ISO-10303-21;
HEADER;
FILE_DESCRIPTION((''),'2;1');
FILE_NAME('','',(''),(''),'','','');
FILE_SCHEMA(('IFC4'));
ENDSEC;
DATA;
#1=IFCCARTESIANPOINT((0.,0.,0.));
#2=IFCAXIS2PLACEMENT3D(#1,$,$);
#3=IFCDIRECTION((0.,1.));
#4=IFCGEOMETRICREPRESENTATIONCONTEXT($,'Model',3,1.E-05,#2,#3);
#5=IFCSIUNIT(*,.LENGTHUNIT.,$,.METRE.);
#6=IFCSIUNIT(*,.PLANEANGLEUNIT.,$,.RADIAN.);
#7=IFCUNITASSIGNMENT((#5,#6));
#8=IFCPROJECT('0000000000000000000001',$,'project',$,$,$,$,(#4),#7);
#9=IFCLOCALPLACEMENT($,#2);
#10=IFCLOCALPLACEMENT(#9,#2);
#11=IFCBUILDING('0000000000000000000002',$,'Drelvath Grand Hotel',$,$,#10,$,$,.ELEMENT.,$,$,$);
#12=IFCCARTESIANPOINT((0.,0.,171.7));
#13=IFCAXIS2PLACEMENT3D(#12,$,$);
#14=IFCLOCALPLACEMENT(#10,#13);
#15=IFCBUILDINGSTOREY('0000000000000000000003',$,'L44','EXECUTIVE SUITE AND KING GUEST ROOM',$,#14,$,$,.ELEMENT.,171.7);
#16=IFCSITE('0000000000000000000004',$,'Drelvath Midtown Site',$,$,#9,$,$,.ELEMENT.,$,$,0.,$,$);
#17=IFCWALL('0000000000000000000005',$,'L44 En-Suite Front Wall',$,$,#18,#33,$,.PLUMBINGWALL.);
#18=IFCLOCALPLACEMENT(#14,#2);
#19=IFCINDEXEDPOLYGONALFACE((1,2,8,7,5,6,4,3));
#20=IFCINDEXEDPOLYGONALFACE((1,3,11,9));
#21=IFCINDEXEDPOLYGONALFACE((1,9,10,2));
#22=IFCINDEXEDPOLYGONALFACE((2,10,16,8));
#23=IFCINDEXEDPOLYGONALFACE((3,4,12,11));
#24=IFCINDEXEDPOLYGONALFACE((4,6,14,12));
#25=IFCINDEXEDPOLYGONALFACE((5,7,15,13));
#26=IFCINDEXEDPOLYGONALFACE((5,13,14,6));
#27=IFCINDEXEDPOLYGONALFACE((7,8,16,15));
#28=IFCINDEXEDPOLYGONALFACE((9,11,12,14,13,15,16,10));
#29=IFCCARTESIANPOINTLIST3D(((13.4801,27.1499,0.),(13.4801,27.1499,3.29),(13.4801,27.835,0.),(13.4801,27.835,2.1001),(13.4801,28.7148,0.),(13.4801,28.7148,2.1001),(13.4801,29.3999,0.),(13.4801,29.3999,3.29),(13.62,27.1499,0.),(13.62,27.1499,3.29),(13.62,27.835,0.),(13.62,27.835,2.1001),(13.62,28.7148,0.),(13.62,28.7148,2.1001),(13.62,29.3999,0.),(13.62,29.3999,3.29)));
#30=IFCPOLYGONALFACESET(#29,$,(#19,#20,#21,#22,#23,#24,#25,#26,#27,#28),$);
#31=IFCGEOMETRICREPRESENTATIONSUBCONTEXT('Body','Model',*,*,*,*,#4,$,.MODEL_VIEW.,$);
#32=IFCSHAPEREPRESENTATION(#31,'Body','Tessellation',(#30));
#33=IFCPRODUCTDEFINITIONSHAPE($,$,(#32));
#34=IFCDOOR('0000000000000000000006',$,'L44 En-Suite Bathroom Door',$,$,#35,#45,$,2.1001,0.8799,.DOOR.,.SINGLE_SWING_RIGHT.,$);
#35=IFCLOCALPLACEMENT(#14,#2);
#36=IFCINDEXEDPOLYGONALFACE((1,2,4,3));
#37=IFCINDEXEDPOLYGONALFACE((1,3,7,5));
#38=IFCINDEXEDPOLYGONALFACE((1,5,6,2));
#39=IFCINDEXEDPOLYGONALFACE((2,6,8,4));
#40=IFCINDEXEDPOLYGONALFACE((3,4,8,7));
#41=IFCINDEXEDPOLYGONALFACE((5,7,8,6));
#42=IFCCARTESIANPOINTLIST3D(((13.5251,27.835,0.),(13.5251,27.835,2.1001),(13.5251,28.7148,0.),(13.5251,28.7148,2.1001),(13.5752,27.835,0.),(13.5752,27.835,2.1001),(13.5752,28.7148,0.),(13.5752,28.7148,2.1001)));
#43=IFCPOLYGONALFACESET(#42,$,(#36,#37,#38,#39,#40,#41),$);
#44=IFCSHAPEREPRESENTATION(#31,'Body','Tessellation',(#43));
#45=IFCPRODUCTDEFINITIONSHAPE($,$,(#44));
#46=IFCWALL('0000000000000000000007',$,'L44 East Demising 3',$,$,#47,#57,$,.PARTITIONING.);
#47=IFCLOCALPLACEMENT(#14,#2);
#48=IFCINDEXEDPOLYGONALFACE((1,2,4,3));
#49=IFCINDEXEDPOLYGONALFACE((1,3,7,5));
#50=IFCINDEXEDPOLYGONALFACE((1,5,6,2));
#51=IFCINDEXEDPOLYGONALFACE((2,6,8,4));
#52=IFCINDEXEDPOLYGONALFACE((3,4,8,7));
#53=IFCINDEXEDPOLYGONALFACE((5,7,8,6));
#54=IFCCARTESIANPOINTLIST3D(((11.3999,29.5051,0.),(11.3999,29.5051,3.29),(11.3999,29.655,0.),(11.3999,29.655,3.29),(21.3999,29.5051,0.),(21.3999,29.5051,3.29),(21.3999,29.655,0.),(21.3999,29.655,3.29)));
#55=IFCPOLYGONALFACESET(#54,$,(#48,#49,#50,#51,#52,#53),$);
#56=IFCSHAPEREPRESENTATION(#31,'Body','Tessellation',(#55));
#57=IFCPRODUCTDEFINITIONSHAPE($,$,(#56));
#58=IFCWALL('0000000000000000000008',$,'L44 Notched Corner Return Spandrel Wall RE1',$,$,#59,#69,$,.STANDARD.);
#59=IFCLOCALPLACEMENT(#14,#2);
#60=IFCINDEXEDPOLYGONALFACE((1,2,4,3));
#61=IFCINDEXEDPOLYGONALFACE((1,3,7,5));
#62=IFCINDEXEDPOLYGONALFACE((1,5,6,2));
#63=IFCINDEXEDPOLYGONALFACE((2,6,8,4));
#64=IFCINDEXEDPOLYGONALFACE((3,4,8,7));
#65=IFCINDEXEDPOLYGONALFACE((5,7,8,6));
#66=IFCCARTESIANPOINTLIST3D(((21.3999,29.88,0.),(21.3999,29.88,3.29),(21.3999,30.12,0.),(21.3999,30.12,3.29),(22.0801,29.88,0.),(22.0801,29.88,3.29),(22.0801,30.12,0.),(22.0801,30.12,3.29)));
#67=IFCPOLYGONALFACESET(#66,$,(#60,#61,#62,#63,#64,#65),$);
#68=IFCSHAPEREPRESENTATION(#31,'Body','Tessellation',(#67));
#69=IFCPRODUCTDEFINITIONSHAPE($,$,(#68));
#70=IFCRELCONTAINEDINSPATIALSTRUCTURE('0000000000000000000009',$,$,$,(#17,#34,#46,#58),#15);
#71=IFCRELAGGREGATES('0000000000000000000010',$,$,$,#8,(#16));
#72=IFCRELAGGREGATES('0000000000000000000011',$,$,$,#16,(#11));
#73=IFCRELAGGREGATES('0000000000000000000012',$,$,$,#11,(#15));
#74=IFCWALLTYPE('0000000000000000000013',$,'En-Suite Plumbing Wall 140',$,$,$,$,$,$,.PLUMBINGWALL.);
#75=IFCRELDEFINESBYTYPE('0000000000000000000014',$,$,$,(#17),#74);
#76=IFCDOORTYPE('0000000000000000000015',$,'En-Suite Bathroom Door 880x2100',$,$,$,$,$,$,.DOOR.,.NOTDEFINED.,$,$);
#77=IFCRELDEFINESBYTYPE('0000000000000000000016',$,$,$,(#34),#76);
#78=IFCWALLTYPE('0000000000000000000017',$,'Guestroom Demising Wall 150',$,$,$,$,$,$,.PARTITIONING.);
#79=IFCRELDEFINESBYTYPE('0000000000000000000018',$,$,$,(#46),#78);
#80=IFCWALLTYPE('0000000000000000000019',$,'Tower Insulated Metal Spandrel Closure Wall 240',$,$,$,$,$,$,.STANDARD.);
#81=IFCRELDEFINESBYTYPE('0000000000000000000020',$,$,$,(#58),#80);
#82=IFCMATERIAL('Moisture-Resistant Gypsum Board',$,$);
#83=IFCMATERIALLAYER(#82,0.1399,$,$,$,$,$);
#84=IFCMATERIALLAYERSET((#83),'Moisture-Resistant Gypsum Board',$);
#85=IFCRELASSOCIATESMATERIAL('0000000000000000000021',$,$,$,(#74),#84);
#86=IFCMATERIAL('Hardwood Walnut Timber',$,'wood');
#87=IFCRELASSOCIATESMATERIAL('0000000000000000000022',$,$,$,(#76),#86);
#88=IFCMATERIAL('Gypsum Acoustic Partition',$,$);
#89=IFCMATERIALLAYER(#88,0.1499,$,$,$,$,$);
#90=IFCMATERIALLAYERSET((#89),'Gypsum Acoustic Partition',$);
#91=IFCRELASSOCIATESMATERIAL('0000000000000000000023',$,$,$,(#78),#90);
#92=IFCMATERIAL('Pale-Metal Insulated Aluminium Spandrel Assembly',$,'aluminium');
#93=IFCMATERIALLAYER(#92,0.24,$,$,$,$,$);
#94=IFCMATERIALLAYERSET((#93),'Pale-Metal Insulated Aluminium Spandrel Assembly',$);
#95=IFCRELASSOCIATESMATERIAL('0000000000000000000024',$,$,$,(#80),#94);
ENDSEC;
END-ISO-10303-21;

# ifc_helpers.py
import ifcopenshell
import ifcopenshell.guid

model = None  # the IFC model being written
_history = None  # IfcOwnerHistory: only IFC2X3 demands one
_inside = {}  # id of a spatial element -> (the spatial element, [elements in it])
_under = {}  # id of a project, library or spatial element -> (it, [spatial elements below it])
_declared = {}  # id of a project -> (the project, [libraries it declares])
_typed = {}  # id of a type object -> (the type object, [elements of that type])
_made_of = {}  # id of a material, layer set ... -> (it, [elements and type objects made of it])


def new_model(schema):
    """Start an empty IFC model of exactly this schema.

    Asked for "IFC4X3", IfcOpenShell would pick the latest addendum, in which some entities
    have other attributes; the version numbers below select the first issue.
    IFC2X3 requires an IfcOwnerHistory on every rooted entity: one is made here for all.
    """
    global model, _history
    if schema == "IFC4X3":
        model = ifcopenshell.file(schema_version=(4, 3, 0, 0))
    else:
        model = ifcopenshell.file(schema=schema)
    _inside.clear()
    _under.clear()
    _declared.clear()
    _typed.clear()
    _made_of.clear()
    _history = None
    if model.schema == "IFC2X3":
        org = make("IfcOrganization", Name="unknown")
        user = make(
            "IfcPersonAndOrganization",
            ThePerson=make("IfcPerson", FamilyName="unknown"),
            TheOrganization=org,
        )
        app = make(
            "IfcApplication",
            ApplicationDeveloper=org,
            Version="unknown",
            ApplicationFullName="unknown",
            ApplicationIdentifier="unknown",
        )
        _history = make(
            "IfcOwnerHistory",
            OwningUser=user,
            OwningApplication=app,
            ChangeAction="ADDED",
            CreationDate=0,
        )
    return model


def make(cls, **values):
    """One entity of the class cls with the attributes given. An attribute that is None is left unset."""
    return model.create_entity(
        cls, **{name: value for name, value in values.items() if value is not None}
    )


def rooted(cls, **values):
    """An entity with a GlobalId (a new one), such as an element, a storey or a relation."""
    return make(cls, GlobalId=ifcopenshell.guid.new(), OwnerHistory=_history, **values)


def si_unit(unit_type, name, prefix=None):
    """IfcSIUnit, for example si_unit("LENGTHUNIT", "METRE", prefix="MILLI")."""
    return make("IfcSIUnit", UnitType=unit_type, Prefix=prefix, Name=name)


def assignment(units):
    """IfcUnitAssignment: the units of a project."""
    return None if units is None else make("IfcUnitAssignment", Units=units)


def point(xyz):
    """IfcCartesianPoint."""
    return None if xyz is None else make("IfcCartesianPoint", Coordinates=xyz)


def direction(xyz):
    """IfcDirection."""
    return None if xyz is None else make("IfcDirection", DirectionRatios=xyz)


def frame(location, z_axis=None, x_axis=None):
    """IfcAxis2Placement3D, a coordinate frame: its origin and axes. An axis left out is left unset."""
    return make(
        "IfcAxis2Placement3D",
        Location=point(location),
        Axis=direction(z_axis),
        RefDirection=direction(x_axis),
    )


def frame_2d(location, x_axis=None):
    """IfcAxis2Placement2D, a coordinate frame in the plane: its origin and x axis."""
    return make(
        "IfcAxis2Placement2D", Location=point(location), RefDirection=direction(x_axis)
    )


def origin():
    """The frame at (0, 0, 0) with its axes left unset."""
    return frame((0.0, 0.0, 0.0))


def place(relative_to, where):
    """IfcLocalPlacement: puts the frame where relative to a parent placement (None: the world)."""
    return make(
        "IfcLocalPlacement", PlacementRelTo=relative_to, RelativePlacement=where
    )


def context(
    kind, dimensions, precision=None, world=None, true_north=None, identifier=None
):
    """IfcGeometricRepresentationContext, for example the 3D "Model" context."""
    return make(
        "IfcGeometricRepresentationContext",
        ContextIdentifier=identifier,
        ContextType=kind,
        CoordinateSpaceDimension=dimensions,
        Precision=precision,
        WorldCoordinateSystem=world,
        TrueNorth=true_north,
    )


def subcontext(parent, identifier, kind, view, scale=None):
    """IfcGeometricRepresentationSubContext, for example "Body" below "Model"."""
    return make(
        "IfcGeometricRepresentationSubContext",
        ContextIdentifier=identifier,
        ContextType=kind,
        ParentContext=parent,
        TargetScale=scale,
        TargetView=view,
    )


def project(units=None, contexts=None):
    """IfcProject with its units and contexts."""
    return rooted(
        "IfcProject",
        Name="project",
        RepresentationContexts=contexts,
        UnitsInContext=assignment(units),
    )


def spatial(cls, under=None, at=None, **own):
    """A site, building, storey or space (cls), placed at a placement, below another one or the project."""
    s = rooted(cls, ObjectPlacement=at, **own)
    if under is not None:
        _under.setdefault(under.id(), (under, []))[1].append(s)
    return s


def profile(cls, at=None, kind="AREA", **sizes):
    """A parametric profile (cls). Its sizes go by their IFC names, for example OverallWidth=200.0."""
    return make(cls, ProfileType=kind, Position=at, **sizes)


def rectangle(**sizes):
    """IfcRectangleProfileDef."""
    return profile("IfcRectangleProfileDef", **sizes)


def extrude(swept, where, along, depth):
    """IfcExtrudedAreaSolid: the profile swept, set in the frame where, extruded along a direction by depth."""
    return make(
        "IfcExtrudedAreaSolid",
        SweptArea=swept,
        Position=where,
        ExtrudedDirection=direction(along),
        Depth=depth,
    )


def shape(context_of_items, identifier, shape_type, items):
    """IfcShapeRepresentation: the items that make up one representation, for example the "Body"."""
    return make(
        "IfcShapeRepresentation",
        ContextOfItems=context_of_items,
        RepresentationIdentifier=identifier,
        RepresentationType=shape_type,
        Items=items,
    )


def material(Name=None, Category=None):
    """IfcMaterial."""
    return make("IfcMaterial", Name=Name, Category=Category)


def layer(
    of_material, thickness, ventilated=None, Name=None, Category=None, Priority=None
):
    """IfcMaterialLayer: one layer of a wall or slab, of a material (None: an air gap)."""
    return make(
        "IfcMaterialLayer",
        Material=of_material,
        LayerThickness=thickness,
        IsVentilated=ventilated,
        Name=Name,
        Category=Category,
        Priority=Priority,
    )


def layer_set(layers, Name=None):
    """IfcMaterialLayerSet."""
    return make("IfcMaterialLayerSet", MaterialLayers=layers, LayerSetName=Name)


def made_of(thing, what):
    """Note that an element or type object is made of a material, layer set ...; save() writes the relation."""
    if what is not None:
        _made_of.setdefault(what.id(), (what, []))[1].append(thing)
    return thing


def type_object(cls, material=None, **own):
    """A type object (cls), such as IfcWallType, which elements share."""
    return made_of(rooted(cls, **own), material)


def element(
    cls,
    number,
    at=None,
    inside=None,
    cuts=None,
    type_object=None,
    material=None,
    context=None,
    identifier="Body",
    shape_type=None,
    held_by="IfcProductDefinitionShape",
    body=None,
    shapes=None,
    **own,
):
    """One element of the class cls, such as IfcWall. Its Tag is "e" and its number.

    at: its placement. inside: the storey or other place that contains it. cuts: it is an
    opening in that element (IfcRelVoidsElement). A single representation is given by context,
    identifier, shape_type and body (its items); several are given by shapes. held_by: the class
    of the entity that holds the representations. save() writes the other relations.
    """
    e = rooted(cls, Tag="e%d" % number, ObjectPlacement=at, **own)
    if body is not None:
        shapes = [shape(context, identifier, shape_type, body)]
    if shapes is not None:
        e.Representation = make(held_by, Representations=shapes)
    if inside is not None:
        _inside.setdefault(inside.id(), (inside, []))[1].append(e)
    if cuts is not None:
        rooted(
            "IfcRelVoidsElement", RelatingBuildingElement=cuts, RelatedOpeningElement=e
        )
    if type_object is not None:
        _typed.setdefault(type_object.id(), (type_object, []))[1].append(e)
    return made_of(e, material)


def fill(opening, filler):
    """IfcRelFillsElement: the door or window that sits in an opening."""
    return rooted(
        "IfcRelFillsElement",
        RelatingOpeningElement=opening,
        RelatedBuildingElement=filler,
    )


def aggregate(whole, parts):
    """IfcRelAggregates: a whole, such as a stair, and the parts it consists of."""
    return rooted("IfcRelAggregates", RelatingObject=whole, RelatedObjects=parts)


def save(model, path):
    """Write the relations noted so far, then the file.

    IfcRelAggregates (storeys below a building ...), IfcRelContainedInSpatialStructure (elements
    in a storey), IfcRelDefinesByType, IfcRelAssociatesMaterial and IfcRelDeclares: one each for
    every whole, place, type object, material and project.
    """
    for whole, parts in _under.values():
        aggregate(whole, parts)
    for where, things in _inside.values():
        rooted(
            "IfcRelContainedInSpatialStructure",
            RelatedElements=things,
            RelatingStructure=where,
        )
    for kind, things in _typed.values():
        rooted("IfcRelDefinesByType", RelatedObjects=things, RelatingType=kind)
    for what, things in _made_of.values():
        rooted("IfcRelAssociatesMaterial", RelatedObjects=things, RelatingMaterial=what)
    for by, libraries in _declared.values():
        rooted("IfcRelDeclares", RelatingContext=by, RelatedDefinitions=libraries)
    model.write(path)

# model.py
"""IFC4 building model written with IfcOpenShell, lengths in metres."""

from ifc_helpers import new_model, si_unit, direction, frame, frame_2d, origin, place, context, subcontext, project, spatial, rectangle, extrude, material, layer, layer_set, type_object, element, fill, save


model = new_model("IFC4")

# Units and contexts
model_context = context("Model", 3, precision=1e-05, world=origin(), true_north=direction((0.0, 1.0)))
body_context = subcontext(model_context, "Body", "Model", "MODEL_VIEW")
ifc_project = project(units=[si_unit("LENGTHUNIT", "METRE"), si_unit("PLANEANGLEUNIT", "RADIAN")], contexts=[model_context])

# Site, building, storey
site_placement = place(None, origin())
site = spatial("IfcSite", under=ifc_project, at=site_placement, Name="Drelvath Midtown Site", CompositionType="ELEMENT", RefElevation=0.0)
building_placement = place(site_placement, origin())
building = spatial("IfcBuilding", under=site, at=building_placement, Name="Drelvath Grand Hotel", CompositionType="ELEMENT")
storey_placement = place(building_placement, frame((0.0, 0.0, 171.7)))
storey = spatial("IfcBuildingStorey", under=building, at=storey_placement, Name="L44", Description="EXECUTIVE SUITE AND KING GUEST ROOM", CompositionType="ELEMENT", Elevation=171.7)

# Shared definitions
ifc_material_1 = material(Name="Moisture-Resistant Gypsum Board")
ifc_layer_1 = layer(ifc_material_1, 0.1399)
ifc_layer_set_1 = layer_set([ifc_layer_1], Name="Moisture-Resistant Gypsum Board")
wall_type_1 = type_object("IfcWallType", Name="En-Suite Plumbing Wall 140", PredefinedType="PLUMBINGWALL", material=ifc_layer_set_1)

# Wall, opening, door
wall_1_placement = place(storey_placement, frame((13.55, 27.1499, 0.0), z_axis=(0.0, 0.0, 1.0), x_axis=(0.0, 1.0, 0.0)))
wall_1 = element("IfcWall", 1, at=wall_1_placement, inside=storey, type_object=wall_type_1, Name="L44 En-Suite Front Wall", PredefinedType="PLUMBINGWALL", context=body_context, shape_type="SweptSolid", body=[
    extrude(rectangle(XDim=2.25, YDim=0.1399, at=frame_2d((1.125, 0.0))), origin(), (0.0, 0.0, 1.0), 3.29),
])
opening_placement = place(wall_1_placement, frame((0.6851, 0.0, 0.0)))
opening = element("IfcOpeningElement", 2, at=opening_placement, cuts=wall_1, PredefinedType="OPENING", context=body_context, shape_type="SweptSolid", body=[
    extrude(rectangle(XDim=0.8799, YDim=2.1001, at=frame_2d((0.4399, 1.05))), frame((0.0, 0.0798, 0.0), z_axis=(0.0, -1.0, 0.0), x_axis=(1.0, 0.0, 0.0)), (0.0, 0.0, 1.0), 0.1599),
])
ifc_material_2 = material(Name="Hardwood Walnut Timber", Category="wood")
door_type = type_object("IfcDoorType", Name="En-Suite Bathroom Door 880x2100", OperationType="NOTDEFINED", PredefinedType="DOOR", material=ifc_material_2)
door_placement = place(opening_placement, origin())
door = element("IfcDoor", 3, at=door_placement, inside=storey, type_object=door_type, Name="L44 En-Suite Bathroom Door", OperationType="SINGLE_SWING_RIGHT", OverallHeight=2.1001, OverallWidth=0.8799, PredefinedType="DOOR", context=body_context, shape_type="SweptSolid", body=[
    extrude(rectangle(XDim=0.8799, YDim=2.1001, at=frame_2d((0.4399, 1.05))), frame((0.0, 0.0249, 0.0), z_axis=(0.0, -1.0, 0.0), x_axis=(1.0, 0.0, 0.0)), (0.0, 0.0, 1.0), 0.05),
])
fill(opening, door)

# Walls
ifc_material_3 = material(Name="Gypsum Acoustic Partition")
ifc_layer_2 = layer(ifc_material_3, 0.1499)
ifc_layer_set_2 = layer_set([ifc_layer_2], Name="Gypsum Acoustic Partition")
wall_type_2 = type_object("IfcWallType", Name="Guestroom Demising Wall 150", PredefinedType="PARTITIONING", material=ifc_layer_set_2)
wall_2_placement = place(storey_placement, frame((11.3999, 29.5801, 0.0), z_axis=(0.0, 0.0, 1.0), x_axis=(1.0, 0.0, 0.0)))
element("IfcWall", 4, at=wall_2_placement, inside=storey, type_object=wall_type_2, Name="L44 East Demising 3", PredefinedType="PARTITIONING", context=body_context, shape_type="SweptSolid", body=[
    extrude(rectangle(XDim=10.0, YDim=0.1499, at=frame_2d((5.0, 0.0))), origin(), (0.0, 0.0, 1.0), 3.29),
])
ifc_material_4 = material(Name="Pale-Metal Insulated Aluminium Spandrel Assembly", Category="aluminium")
ifc_layer_3 = layer(ifc_material_4, 0.24)
ifc_layer_set_3 = layer_set([ifc_layer_3], Name="Pale-Metal Insulated Aluminium Spandrel Assembly")
wall_type_3 = type_object("IfcWallType", Name="Tower Insulated Metal Spandrel Closure Wall 240", PredefinedType="STANDARD", material=ifc_layer_set_3)
wall_3_placement = place(storey_placement, frame((22.0801, 30.0, 0.0), z_axis=(0.0, 0.0, 1.0), x_axis=(-1.0, 0.0, 0.0)))
element("IfcWall", 5, at=wall_3_placement, inside=storey, type_object=wall_type_3, Name="L44 Notched Corner Return Spandrel Wall RE1", PredefinedType="STANDARD", context=body_context, shape_type="SweptSolid", body=[
    extrude(rectangle(XDim=0.6802, YDim=0.24, at=frame_2d((0.3401, 0.0))), origin(), (0.0, 0.0, 1.0), 3.29),
])

save(model, "model.ifc")
